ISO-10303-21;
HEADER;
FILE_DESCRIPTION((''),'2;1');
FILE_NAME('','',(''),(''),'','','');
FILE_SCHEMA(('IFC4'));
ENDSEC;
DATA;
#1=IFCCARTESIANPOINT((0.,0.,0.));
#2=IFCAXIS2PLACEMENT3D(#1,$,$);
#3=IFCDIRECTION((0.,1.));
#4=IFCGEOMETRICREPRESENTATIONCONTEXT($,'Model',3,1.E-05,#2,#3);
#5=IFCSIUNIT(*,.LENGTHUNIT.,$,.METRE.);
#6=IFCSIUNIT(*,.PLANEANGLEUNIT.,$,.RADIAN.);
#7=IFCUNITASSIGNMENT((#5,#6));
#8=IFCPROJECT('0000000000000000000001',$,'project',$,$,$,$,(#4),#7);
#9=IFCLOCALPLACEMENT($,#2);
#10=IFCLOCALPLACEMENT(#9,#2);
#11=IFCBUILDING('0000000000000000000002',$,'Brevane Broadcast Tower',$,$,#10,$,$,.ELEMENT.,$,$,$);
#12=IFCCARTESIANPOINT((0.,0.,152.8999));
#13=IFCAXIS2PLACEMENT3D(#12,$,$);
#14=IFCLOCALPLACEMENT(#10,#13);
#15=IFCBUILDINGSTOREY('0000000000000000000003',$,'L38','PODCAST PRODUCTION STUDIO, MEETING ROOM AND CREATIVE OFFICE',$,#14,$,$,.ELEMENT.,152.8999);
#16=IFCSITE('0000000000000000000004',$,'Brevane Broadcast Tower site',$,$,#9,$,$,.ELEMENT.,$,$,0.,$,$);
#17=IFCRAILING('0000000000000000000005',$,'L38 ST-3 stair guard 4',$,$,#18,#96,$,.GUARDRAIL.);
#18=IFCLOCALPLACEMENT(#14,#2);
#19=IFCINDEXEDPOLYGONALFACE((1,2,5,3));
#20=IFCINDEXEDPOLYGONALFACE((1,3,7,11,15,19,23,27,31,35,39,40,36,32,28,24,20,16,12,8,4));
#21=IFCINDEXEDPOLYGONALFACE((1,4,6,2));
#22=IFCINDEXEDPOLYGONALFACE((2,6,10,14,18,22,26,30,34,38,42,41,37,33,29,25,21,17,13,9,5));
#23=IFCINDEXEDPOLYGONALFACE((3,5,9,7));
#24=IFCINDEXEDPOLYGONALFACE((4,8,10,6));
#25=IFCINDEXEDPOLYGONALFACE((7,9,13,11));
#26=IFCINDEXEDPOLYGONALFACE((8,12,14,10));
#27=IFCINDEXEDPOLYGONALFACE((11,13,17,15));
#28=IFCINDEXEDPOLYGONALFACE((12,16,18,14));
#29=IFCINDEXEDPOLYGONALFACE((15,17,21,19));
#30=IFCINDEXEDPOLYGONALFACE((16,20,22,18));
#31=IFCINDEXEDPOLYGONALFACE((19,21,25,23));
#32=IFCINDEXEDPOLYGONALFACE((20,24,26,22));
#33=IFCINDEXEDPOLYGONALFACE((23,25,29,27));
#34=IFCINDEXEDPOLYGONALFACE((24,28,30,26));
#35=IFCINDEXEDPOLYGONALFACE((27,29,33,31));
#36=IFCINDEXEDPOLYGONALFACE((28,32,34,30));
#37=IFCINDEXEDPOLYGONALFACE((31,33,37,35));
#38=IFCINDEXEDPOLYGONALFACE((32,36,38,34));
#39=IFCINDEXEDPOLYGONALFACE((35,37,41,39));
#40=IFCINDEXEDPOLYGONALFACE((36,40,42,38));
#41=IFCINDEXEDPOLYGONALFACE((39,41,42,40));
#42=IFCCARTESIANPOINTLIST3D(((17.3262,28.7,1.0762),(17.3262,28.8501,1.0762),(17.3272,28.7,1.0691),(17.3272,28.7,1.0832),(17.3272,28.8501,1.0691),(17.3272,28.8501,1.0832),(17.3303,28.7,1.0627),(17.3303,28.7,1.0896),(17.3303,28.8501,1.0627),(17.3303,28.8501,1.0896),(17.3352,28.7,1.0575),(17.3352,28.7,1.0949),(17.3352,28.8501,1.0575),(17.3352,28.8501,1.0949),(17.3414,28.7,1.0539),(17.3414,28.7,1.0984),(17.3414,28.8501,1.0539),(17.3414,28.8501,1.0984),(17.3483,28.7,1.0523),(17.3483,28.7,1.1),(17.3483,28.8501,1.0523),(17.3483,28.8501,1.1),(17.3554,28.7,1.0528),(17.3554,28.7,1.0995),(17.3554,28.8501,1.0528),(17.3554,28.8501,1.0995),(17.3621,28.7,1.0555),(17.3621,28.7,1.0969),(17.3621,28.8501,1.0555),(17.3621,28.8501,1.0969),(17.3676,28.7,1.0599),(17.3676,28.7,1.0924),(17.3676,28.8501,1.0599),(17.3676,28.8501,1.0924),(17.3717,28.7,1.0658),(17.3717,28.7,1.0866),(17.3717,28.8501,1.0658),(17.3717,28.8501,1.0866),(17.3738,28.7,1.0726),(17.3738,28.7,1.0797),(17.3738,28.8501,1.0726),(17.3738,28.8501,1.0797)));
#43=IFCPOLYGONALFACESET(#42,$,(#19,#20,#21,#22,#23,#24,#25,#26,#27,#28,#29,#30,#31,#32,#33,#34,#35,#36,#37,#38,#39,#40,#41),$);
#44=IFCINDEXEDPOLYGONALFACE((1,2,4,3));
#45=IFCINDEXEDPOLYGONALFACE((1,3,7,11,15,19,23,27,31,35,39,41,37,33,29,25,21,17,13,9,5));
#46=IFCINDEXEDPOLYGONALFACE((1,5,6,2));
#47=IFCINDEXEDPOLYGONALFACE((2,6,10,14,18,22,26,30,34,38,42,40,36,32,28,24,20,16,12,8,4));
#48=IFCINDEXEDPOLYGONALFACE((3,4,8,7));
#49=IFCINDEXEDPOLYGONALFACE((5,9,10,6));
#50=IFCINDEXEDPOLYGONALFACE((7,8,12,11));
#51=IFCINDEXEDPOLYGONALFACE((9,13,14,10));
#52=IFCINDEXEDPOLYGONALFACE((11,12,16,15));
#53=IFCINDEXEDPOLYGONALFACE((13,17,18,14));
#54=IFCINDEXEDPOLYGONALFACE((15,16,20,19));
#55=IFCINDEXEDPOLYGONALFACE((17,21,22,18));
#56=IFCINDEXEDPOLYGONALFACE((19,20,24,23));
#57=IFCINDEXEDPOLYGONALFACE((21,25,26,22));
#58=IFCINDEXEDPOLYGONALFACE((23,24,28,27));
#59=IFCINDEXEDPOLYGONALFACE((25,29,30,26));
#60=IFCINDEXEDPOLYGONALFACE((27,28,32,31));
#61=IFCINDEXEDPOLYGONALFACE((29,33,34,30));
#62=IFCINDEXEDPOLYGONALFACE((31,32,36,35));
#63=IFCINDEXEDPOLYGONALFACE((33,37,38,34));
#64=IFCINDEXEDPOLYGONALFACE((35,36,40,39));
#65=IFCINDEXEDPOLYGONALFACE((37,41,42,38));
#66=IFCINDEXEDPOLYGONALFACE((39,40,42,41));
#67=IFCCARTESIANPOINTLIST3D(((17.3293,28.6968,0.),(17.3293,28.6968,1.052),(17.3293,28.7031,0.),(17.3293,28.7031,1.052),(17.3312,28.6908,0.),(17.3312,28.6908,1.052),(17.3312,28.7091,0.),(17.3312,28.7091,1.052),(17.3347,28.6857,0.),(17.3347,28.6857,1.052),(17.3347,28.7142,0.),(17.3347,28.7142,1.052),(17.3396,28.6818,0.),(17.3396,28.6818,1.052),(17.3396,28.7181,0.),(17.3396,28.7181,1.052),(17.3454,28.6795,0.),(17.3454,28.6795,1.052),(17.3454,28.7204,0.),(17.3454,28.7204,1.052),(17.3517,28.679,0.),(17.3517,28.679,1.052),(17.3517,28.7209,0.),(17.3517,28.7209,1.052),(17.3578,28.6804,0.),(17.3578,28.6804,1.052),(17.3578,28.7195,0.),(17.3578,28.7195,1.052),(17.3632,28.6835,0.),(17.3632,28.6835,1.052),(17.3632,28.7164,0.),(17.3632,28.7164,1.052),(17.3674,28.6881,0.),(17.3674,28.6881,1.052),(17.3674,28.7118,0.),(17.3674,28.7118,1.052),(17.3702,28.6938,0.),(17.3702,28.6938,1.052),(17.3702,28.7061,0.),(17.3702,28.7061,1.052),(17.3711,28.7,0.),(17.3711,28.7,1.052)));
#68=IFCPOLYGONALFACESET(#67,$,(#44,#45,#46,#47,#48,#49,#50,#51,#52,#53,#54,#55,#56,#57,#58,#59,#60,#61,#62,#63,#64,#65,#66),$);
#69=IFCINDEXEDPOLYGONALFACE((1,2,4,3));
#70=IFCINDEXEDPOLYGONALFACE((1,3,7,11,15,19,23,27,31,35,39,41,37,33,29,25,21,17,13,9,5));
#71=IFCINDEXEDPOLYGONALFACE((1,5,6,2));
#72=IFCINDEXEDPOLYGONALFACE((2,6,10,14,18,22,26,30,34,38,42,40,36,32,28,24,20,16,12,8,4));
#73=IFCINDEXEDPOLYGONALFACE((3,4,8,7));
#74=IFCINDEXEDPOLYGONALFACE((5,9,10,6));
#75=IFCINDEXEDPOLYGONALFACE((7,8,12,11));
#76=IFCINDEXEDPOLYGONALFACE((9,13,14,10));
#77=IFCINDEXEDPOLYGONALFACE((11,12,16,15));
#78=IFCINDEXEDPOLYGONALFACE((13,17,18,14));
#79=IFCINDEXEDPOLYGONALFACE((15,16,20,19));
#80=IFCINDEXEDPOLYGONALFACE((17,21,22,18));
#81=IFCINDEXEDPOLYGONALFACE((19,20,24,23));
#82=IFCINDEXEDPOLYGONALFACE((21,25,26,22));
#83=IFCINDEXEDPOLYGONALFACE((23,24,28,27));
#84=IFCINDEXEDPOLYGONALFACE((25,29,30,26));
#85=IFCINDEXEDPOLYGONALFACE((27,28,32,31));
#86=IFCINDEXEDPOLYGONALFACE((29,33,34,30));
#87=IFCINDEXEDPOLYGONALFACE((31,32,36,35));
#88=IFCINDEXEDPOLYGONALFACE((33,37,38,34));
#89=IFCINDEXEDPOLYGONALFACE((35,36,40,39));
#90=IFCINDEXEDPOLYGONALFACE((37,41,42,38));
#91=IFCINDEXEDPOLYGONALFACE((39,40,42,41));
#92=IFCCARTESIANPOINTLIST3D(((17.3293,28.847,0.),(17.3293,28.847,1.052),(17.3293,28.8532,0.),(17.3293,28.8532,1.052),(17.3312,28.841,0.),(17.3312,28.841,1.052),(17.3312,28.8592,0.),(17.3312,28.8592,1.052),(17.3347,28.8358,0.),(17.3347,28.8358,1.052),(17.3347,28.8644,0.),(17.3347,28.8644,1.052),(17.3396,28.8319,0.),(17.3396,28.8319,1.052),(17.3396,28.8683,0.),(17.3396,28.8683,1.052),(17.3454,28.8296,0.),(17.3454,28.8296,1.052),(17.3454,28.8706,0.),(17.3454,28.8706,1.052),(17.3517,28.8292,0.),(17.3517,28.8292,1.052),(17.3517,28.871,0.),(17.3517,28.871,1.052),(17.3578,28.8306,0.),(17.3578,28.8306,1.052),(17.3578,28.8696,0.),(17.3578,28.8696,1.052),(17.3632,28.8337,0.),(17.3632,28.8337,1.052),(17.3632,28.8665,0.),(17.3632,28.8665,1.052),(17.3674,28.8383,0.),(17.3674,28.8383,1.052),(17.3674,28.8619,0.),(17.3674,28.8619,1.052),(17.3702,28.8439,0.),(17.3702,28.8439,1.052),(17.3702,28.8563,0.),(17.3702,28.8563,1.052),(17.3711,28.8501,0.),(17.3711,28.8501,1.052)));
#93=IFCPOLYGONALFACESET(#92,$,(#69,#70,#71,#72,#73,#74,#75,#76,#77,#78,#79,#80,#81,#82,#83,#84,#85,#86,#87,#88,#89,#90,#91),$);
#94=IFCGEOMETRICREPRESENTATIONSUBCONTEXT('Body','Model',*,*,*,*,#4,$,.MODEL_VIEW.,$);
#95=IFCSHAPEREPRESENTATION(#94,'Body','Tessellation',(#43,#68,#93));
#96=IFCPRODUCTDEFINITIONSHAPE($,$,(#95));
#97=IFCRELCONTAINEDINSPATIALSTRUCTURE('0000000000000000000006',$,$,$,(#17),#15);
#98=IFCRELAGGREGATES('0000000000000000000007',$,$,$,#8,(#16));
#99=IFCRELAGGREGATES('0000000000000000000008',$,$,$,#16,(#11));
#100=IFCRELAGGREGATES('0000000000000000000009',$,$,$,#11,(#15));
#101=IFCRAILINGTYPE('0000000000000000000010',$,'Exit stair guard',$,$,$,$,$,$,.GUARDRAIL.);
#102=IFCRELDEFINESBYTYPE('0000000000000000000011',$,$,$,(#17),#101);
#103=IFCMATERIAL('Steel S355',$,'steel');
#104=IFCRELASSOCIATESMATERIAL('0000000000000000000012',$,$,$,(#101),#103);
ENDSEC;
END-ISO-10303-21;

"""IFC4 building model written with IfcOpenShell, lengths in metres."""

from ifc_helpers import new_model, si_unit, direction, frame, origin, origin_2d, place, context, subcontext, project, spatial, circle, extrude, material, type_object, element, save


model = new_model("IFC4")

# Units and contexts
model_context = context("Model", 3, precision=1e-05, world=origin(), true_north=direction((0.0, 1.0)))
body_context = subcontext(model_context, "Body", "Model", "MODEL_VIEW")
ifc_project = project(units=[si_unit("LENGTHUNIT", "METRE"), si_unit("PLANEANGLEUNIT", "RADIAN")], contexts=[model_context])

# Site, building, storey
site_placement = place(None, origin())
site = spatial("IfcSite", under=ifc_project, at=site_placement, Name="Brevane Broadcast Tower site", CompositionType="ELEMENT", RefElevation=0.0)
building_placement = place(site_placement, origin())
building = spatial("IfcBuilding", under=site, at=building_placement, Name="Brevane Broadcast Tower", CompositionType="ELEMENT")
storey_placement = place(building_placement, frame((0.0, 0.0, 152.8999)))
storey = spatial("IfcBuildingStorey", under=building, at=storey_placement, Name="L38", Description="PODCAST PRODUCTION STUDIO, MEETING ROOM AND CREATIVE OFFICE", CompositionType="ELEMENT", Elevation=152.8999)

# Railing
ifc_material_1 = material(Name="Steel S355", Category="steel")
railing_type_1 = type_object("IfcRailingType", Name="Exit stair guard", PredefinedType="GUARDRAIL", material=ifc_material_1)
railing_1_placement = place(storey_placement, frame((17.3501, 28.7, 0.0)))
element("IfcRailing", 1, at=railing_1_placement, inside=storey, type_object=railing_type_1, Name="L38 ST-3 stair guard 4", PredefinedType="GUARDRAIL", context=body_context, shape_type="SweptSolid", body=[
    extrude(circle(Radius=0.0239, at=origin_2d()), frame((0.0, 0.0, 1.0762), z_axis=(0.0, 1.0, 0.0), x_axis=(-1.0, 0.0, 0.0)), (0.0, 0.0, 1.0), 0.1501),
    extrude(circle(Radius=0.021, at=origin_2d()), origin(), (0.0, 0.0, 1.0), 1.052),
    extrude(circle(Radius=0.021, at=origin_2d()), frame((0.0, 0.1501, 0.0)), (0.0, 0.0, 1.0), 1.052),
])

save(model, "model.ifc")
